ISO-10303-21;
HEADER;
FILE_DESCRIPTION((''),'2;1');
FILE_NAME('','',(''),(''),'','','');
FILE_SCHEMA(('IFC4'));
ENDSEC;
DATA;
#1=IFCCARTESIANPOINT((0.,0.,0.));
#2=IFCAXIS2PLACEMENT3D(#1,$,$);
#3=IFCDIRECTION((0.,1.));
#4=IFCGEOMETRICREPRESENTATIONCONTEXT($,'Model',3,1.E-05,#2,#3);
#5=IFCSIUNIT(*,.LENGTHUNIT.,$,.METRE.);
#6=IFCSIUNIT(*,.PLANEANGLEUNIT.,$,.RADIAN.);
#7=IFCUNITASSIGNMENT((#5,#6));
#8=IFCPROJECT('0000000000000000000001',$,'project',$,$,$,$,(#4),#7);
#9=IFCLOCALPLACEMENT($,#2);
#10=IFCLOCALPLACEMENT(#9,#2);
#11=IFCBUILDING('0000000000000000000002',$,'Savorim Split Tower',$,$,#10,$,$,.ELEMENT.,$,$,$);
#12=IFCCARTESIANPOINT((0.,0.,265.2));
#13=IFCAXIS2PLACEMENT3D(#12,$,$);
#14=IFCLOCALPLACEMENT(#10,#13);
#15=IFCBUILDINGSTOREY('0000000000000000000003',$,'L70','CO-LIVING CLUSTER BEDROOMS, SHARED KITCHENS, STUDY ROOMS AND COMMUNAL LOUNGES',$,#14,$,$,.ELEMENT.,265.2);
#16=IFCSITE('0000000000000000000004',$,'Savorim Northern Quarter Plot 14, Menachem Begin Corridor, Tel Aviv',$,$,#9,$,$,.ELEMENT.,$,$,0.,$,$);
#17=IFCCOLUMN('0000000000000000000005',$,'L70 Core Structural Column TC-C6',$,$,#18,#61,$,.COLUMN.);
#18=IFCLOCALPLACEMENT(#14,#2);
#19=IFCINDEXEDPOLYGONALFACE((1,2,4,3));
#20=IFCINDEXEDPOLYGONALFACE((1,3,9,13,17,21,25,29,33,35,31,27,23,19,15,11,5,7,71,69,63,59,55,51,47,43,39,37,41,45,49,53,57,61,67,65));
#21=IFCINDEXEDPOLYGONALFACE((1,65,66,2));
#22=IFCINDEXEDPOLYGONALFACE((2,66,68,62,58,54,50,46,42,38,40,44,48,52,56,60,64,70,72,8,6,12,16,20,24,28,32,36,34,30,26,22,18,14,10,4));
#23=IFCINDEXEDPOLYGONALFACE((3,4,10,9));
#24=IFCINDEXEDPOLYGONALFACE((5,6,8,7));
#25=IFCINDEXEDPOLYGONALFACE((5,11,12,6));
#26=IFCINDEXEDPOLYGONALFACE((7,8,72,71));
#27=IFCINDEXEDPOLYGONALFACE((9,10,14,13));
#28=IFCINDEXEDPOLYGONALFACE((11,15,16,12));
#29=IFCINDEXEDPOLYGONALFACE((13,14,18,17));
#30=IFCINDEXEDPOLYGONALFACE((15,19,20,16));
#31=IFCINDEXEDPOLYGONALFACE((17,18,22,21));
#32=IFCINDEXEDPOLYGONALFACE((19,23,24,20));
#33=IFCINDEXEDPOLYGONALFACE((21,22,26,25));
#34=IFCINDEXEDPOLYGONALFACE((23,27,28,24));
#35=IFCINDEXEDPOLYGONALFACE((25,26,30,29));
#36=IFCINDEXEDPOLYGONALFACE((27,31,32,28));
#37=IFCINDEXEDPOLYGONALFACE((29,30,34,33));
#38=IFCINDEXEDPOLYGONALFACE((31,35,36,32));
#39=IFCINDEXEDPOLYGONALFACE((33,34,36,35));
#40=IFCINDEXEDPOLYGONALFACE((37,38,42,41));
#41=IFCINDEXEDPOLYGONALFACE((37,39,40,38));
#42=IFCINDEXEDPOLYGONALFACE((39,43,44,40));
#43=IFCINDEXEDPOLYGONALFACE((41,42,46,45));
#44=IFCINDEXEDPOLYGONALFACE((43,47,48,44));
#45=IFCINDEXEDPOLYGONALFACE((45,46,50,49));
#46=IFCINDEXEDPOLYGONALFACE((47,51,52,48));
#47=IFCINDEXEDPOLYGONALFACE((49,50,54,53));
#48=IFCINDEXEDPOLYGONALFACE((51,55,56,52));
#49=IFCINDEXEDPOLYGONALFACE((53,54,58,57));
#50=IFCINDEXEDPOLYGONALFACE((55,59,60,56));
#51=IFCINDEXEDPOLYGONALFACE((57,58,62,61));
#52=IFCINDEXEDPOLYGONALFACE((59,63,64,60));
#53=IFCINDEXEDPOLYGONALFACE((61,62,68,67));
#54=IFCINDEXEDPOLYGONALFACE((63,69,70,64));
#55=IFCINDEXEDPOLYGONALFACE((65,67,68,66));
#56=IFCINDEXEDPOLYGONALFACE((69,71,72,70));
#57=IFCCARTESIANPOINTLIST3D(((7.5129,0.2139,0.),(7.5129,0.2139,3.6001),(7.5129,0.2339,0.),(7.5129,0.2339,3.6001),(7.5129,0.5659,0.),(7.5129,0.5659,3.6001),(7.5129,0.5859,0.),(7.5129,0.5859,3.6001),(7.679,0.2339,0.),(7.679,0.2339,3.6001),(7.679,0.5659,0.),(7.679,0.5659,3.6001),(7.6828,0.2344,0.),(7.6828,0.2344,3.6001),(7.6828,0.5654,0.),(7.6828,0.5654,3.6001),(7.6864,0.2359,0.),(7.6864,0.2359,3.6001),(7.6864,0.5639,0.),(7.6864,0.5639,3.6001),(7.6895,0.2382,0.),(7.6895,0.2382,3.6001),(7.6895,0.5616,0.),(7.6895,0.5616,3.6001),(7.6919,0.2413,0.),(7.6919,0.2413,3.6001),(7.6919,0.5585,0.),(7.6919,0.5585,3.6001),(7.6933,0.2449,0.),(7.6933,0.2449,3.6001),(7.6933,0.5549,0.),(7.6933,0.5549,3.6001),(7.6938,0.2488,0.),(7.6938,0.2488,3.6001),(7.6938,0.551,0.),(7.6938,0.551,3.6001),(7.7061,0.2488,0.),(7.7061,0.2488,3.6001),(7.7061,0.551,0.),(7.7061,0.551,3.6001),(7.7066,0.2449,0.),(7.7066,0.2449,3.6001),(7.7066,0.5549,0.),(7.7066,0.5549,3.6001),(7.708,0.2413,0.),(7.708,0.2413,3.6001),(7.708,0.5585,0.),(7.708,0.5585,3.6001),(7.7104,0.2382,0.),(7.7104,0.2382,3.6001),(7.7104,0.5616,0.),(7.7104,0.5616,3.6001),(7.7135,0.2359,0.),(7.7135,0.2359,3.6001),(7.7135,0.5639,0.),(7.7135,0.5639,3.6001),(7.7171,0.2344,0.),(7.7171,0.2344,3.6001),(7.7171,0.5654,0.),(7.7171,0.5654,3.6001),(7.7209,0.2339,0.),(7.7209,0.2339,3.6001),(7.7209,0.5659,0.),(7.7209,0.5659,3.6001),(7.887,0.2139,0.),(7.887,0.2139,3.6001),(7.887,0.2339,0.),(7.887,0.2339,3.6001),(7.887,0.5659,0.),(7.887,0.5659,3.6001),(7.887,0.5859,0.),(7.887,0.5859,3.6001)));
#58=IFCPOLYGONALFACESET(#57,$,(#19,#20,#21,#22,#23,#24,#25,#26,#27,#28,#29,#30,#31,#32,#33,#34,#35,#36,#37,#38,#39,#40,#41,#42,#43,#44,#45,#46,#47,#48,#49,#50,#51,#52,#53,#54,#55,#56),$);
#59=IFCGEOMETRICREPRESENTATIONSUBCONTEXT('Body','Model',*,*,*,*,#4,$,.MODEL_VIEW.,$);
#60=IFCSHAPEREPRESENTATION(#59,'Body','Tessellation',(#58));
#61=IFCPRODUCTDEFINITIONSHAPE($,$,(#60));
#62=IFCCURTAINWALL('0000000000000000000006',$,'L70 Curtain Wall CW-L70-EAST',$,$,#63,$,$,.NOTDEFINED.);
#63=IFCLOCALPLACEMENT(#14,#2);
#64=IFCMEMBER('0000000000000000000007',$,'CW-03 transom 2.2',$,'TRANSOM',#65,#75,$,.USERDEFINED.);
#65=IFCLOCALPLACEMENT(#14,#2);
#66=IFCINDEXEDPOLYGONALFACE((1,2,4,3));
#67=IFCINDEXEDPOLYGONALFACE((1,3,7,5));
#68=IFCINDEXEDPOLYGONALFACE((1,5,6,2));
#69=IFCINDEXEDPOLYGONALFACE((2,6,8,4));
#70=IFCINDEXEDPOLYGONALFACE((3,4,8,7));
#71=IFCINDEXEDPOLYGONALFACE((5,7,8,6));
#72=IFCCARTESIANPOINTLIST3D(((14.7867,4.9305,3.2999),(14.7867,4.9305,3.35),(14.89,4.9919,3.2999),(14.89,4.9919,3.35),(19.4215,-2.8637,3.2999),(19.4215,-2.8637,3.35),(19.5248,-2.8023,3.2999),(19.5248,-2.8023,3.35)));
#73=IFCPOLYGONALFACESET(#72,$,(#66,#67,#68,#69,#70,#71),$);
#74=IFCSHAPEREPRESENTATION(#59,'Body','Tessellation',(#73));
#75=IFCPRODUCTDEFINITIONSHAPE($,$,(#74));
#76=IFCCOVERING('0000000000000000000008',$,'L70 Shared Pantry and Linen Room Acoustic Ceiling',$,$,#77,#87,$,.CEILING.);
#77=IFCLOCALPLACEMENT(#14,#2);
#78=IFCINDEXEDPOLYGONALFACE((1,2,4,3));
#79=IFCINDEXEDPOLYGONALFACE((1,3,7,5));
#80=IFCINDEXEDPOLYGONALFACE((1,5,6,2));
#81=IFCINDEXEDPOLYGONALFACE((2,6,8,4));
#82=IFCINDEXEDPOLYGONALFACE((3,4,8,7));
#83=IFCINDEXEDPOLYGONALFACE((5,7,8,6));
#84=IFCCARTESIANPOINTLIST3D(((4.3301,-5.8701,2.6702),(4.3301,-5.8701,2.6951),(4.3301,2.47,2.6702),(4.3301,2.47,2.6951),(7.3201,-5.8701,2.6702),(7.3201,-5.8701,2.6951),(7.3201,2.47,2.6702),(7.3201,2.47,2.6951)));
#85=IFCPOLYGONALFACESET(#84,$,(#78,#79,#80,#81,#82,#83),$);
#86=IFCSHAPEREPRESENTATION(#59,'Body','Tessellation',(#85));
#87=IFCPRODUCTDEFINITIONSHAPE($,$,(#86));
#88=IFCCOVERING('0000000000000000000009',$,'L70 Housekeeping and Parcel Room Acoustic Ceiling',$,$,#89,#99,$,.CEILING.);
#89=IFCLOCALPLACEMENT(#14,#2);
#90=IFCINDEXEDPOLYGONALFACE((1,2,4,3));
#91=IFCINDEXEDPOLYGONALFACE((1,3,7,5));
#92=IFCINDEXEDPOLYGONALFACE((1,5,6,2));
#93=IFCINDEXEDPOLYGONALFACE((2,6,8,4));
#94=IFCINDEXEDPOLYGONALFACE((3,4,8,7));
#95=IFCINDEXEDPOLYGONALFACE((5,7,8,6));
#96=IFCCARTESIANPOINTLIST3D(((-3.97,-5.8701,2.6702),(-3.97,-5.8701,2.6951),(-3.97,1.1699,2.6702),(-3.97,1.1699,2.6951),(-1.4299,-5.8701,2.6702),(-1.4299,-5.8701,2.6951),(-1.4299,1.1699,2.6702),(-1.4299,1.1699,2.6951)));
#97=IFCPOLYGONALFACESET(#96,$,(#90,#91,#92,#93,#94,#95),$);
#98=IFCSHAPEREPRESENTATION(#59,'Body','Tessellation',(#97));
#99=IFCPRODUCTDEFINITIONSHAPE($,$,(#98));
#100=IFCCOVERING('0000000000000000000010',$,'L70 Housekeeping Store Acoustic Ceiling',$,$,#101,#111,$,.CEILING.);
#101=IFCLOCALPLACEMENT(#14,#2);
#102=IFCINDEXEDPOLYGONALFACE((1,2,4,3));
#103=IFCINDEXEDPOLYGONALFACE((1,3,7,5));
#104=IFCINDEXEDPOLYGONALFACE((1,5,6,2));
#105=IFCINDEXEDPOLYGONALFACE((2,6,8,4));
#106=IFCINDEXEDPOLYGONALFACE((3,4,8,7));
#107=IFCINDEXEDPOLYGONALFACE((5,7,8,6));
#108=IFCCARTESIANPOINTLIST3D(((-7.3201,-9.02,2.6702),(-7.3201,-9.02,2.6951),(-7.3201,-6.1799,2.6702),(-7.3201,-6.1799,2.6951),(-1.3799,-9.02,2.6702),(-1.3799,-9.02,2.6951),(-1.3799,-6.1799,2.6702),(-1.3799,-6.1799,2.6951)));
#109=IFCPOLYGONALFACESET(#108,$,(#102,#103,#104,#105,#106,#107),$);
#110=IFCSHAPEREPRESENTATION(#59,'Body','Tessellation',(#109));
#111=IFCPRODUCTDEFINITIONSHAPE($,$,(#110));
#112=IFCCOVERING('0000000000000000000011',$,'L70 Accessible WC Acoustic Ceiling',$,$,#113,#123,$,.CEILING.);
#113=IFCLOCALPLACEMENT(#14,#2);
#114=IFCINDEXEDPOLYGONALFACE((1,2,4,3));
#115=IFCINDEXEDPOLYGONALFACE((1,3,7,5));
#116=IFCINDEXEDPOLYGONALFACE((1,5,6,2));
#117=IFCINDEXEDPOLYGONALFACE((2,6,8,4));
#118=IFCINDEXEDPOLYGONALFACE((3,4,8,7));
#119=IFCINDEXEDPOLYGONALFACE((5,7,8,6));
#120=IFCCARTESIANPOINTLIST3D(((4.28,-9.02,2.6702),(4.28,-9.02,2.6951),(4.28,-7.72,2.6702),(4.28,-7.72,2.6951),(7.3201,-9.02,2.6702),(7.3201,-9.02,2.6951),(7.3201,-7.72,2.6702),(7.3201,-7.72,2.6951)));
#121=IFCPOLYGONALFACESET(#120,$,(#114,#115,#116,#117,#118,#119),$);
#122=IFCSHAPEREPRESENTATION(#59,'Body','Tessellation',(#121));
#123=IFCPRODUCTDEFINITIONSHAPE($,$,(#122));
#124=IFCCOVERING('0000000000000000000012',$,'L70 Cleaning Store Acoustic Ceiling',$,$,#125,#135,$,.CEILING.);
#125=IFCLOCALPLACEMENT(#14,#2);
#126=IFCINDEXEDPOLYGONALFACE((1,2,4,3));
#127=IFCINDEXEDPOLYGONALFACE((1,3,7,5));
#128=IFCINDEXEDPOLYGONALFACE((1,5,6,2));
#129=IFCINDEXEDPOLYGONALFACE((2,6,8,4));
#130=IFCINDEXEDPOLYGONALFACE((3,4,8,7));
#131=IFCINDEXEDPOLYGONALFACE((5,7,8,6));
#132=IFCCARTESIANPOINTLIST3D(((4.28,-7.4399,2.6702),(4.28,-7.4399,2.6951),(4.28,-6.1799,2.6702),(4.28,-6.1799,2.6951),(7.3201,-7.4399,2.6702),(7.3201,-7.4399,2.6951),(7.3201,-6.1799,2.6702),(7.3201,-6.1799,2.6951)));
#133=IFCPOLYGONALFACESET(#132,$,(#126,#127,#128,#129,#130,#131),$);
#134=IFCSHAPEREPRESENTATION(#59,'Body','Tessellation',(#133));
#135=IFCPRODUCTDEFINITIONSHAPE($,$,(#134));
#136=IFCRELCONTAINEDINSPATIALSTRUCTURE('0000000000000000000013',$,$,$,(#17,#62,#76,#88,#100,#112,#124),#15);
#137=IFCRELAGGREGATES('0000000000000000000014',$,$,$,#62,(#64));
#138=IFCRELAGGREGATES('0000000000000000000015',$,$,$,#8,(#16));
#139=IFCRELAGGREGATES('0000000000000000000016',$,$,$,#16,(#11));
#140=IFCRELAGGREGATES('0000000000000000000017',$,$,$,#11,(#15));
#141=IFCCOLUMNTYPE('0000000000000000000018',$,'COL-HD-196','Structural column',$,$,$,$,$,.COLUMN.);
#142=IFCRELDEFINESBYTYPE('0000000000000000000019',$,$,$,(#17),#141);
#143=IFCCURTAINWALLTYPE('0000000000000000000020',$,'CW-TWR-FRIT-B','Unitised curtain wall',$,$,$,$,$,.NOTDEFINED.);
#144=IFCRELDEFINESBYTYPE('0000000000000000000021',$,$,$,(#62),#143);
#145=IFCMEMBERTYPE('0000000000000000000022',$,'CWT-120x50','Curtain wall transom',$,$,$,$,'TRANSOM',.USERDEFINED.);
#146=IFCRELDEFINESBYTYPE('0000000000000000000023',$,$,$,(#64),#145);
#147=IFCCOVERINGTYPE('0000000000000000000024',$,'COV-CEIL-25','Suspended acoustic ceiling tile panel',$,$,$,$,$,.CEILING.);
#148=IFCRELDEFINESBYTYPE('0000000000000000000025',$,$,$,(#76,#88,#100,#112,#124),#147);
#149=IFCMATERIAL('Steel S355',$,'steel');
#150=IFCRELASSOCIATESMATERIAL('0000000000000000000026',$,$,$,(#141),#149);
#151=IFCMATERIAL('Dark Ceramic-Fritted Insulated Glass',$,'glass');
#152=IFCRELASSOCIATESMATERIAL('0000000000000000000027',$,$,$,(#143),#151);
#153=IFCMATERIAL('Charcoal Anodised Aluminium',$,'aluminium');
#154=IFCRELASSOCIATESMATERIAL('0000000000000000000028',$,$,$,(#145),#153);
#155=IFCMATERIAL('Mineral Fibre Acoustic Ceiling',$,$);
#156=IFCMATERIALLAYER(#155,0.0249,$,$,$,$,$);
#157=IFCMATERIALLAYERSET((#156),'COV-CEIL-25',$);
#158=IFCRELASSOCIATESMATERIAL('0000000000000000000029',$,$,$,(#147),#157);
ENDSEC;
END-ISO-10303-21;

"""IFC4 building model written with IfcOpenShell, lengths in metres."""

from ifc_helpers import new_model, si_unit, direction, frame, origin, origin_2d, place, context, subcontext, project, spatial, polyline, rectangle, i_section, outline, extrude, material, layer, layer_set, material_profile, profile_set, type_object, element, aggregate, save


model = new_model("IFC4")

# Units and contexts
model_context = context("Model", 3, precision=1e-05, world=origin(), true_north=direction((0.0, 1.0)))
body_context = subcontext(model_context, "Body", "Model", "MODEL_VIEW")
ifc_project = project(units=[si_unit("LENGTHUNIT", "METRE"), si_unit("PLANEANGLEUNIT", "RADIAN")], contexts=[model_context])

# Site, building, storey
site_placement = place(None, origin())
site = spatial("IfcSite", under=ifc_project, at=site_placement, Name="Savorim Northern Quarter Plot 14, Menachem Begin Corridor, Tel Aviv", CompositionType="ELEMENT", RefElevation=0.0)
building_placement = place(site_placement, origin())
building = spatial("IfcBuilding", under=site, at=building_placement, Name="Savorim Split Tower", CompositionType="ELEMENT")
storey_placement = place(building_placement, frame((0.0, 0.0, 265.2)))
storey = spatial("IfcBuildingStorey", under=building, at=storey_placement, Name="L70", Description="CO-LIVING CLUSTER BEDROOMS, SHARED KITCHENS, STUDY ROOMS AND COMMUNAL LOUNGES", CompositionType="ELEMENT", Elevation=265.2)

# Column
ifc_material_1 = material(Name="Steel S355", Category="steel")
ifc_material_profile_1 = material_profile(ifc_material_1, i_section(OverallWidth=0.374, OverallDepth=0.3721, WebThickness=0.0122, FlangeThickness=0.02, FilletRadius=0.0149, at=origin_2d()), Name="HD 360x196")
ifc_profile_set_1 = profile_set([ifc_material_profile_1], Name="Steel S355")
column_type = type_object("IfcColumnType", Name="COL-HD-196", Description="Structural column", PredefinedType="COLUMN", material=ifc_profile_set_1)
column_placement = place(storey_placement, frame((7.7, 0.3999, 0.0), z_axis=(0.0, 0.0, 1.0), x_axis=(1.0, 0.0, 0.0)))
element("IfcColumn", 1, at=column_placement, inside=storey, type_object=column_type, Name="L70 Core Structural Column TC-C6", PredefinedType="COLUMN", context=body_context, shape_type="SweptSolid", body=[
    extrude(i_section(OverallWidth=0.374, OverallDepth=0.3721, WebThickness=0.0122, FlangeThickness=0.02, FilletRadius=0.0149, at=origin_2d()), origin(), (0.0, 0.0, 1.0), 3.6001),
])

# Curtain wall, member
ifc_material_2 = material(Name="Dark Ceramic-Fritted Insulated Glass", Category="glass")
curtain_wall_type = type_object("IfcCurtainWallType", Name="CW-TWR-FRIT-B", Description="Unitised curtain wall", PredefinedType="NOTDEFINED", material=ifc_material_2)
curtain_wall_placement = place(storey_placement, origin())
curtain_wall = element("IfcCurtainWall", 2, at=curtain_wall_placement, inside=storey, type_object=curtain_wall_type, Name="L70 Curtain Wall CW-L70-EAST", PredefinedType="NOTDEFINED")
ifc_material_3 = material(Name="Charcoal Anodised Aluminium", Category="aluminium")
ifc_material_profile_2 = material_profile(ifc_material_3, rectangle(XDim=0.1201, YDim=0.05, at=origin_2d()), Name="ALU-T 120x50")
ifc_profile_set_2 = profile_set([ifc_material_profile_2], Name="Charcoal Anodised Aluminium")
member_type = type_object("IfcMemberType", Name="CWT-120x50", Description="Curtain wall transom", ElementType="TRANSOM", PredefinedType="USERDEFINED", material=ifc_profile_set_2)
member_placement = place(storey_placement, frame((19.4731, -2.833, 3.325), z_axis=(-0.511107, 0.859517, 0.0), x_axis=(-0.859517, -0.511107, 0.0)))
member = element("IfcMember", 3, at=member_placement, type_object=member_type, Name="CW-03 transom 2.2", ObjectType="TRANSOM", PredefinedType="USERDEFINED", context=body_context, shape_type="SweptSolid", body=[
    extrude(rectangle(XDim=0.1201, YDim=0.05, at=origin_2d()), origin(), (0.0, 0.0, 1.0), 9.0681),
])
aggregate(curtain_wall, [member])

# Coverings
ifc_material_4 = material(Name="Mineral Fibre Acoustic Ceiling")
ifc_layer_1 = layer(ifc_material_4, 0.0249)
ifc_layer_set_1 = layer_set([ifc_layer_1], Name="COV-CEIL-25")
covering_type_1 = type_object("IfcCoveringType", Name="COV-CEIL-25", Description="Suspended acoustic ceiling tile panel", PredefinedType="CEILING", material=ifc_layer_set_1)
covering_1_placement = place(storey_placement, frame((0.0, 0.0, 2.6702)))
element("IfcCovering", 4, at=covering_1_placement, inside=storey, type_object=covering_type_1, Name="L70 Shared Pantry and Linen Room Acoustic Ceiling", PredefinedType="CEILING", context=body_context, shape_type="SweptSolid", body=[
    extrude(outline(polyline([(4.3301, 2.47), (4.3301, -5.8701), (7.3201, -5.8701), (7.3201, 2.47), (4.3301, 2.47)])), origin(), (0.0, 0.0, 1.0), 0.0249),
])
covering_2_placement = place(storey_placement, frame((0.0, 0.0, 2.6702)))
element("IfcCovering", 5, at=covering_2_placement, inside=storey, type_object=covering_type_1, Name="L70 Housekeeping and Parcel Room Acoustic Ceiling", PredefinedType="CEILING", context=body_context, shape_type="SweptSolid", body=[
    extrude(outline(polyline([(-3.97, 1.1699), (-3.97, -5.8701), (-1.4299, -5.8701), (-1.4299, 1.1699), (-3.97, 1.1699)])), origin(), (0.0, 0.0, 1.0), 0.0249),
])
covering_3_placement = place(storey_placement, frame((0.0, 0.0, 2.6702)))
element("IfcCovering", 6, at=covering_3_placement, inside=storey, type_object=covering_type_1, Name="L70 Housekeeping Store Acoustic Ceiling", PredefinedType="CEILING", context=body_context, shape_type="SweptSolid", body=[
    extrude(outline(polyline([(-7.3201, -6.1799), (-7.3201, -9.02), (-1.3799, -9.02), (-1.3799, -6.1799), (-7.3201, -6.1799)])), origin(), (0.0, 0.0, 1.0), 0.0249),
])
covering_4_placement = place(storey_placement, frame((0.0, 0.0, 2.6702)))
element("IfcCovering", 7, at=covering_4_placement, inside=storey, type_object=covering_type_1, Name="L70 Accessible WC Acoustic Ceiling", PredefinedType="CEILING", context=body_context, shape_type="SweptSolid", body=[
    extrude(outline(polyline([(4.28, -7.72), (4.28, -9.02), (7.3201, -9.02), (7.3201, -7.72), (4.28, -7.72)])), origin(), (0.0, 0.0, 1.0), 0.0249),
])
covering_5_placement = place(storey_placement, frame((0.0, 0.0, 2.6702)))
element("IfcCovering", 8, at=covering_5_placement, inside=storey, type_object=covering_type_1, Name="L70 Cleaning Store Acoustic Ceiling", PredefinedType="CEILING", context=body_context, shape_type="SweptSolid", body=[
    extrude(outline(polyline([(4.28, -6.1799), (4.28, -7.4399), (7.3201, -7.4399), (7.3201, -6.1799), (4.28, -6.1799)])), origin(), (0.0, 0.0, 1.0), 0.0249),
])

save(model, "model.ifc")
